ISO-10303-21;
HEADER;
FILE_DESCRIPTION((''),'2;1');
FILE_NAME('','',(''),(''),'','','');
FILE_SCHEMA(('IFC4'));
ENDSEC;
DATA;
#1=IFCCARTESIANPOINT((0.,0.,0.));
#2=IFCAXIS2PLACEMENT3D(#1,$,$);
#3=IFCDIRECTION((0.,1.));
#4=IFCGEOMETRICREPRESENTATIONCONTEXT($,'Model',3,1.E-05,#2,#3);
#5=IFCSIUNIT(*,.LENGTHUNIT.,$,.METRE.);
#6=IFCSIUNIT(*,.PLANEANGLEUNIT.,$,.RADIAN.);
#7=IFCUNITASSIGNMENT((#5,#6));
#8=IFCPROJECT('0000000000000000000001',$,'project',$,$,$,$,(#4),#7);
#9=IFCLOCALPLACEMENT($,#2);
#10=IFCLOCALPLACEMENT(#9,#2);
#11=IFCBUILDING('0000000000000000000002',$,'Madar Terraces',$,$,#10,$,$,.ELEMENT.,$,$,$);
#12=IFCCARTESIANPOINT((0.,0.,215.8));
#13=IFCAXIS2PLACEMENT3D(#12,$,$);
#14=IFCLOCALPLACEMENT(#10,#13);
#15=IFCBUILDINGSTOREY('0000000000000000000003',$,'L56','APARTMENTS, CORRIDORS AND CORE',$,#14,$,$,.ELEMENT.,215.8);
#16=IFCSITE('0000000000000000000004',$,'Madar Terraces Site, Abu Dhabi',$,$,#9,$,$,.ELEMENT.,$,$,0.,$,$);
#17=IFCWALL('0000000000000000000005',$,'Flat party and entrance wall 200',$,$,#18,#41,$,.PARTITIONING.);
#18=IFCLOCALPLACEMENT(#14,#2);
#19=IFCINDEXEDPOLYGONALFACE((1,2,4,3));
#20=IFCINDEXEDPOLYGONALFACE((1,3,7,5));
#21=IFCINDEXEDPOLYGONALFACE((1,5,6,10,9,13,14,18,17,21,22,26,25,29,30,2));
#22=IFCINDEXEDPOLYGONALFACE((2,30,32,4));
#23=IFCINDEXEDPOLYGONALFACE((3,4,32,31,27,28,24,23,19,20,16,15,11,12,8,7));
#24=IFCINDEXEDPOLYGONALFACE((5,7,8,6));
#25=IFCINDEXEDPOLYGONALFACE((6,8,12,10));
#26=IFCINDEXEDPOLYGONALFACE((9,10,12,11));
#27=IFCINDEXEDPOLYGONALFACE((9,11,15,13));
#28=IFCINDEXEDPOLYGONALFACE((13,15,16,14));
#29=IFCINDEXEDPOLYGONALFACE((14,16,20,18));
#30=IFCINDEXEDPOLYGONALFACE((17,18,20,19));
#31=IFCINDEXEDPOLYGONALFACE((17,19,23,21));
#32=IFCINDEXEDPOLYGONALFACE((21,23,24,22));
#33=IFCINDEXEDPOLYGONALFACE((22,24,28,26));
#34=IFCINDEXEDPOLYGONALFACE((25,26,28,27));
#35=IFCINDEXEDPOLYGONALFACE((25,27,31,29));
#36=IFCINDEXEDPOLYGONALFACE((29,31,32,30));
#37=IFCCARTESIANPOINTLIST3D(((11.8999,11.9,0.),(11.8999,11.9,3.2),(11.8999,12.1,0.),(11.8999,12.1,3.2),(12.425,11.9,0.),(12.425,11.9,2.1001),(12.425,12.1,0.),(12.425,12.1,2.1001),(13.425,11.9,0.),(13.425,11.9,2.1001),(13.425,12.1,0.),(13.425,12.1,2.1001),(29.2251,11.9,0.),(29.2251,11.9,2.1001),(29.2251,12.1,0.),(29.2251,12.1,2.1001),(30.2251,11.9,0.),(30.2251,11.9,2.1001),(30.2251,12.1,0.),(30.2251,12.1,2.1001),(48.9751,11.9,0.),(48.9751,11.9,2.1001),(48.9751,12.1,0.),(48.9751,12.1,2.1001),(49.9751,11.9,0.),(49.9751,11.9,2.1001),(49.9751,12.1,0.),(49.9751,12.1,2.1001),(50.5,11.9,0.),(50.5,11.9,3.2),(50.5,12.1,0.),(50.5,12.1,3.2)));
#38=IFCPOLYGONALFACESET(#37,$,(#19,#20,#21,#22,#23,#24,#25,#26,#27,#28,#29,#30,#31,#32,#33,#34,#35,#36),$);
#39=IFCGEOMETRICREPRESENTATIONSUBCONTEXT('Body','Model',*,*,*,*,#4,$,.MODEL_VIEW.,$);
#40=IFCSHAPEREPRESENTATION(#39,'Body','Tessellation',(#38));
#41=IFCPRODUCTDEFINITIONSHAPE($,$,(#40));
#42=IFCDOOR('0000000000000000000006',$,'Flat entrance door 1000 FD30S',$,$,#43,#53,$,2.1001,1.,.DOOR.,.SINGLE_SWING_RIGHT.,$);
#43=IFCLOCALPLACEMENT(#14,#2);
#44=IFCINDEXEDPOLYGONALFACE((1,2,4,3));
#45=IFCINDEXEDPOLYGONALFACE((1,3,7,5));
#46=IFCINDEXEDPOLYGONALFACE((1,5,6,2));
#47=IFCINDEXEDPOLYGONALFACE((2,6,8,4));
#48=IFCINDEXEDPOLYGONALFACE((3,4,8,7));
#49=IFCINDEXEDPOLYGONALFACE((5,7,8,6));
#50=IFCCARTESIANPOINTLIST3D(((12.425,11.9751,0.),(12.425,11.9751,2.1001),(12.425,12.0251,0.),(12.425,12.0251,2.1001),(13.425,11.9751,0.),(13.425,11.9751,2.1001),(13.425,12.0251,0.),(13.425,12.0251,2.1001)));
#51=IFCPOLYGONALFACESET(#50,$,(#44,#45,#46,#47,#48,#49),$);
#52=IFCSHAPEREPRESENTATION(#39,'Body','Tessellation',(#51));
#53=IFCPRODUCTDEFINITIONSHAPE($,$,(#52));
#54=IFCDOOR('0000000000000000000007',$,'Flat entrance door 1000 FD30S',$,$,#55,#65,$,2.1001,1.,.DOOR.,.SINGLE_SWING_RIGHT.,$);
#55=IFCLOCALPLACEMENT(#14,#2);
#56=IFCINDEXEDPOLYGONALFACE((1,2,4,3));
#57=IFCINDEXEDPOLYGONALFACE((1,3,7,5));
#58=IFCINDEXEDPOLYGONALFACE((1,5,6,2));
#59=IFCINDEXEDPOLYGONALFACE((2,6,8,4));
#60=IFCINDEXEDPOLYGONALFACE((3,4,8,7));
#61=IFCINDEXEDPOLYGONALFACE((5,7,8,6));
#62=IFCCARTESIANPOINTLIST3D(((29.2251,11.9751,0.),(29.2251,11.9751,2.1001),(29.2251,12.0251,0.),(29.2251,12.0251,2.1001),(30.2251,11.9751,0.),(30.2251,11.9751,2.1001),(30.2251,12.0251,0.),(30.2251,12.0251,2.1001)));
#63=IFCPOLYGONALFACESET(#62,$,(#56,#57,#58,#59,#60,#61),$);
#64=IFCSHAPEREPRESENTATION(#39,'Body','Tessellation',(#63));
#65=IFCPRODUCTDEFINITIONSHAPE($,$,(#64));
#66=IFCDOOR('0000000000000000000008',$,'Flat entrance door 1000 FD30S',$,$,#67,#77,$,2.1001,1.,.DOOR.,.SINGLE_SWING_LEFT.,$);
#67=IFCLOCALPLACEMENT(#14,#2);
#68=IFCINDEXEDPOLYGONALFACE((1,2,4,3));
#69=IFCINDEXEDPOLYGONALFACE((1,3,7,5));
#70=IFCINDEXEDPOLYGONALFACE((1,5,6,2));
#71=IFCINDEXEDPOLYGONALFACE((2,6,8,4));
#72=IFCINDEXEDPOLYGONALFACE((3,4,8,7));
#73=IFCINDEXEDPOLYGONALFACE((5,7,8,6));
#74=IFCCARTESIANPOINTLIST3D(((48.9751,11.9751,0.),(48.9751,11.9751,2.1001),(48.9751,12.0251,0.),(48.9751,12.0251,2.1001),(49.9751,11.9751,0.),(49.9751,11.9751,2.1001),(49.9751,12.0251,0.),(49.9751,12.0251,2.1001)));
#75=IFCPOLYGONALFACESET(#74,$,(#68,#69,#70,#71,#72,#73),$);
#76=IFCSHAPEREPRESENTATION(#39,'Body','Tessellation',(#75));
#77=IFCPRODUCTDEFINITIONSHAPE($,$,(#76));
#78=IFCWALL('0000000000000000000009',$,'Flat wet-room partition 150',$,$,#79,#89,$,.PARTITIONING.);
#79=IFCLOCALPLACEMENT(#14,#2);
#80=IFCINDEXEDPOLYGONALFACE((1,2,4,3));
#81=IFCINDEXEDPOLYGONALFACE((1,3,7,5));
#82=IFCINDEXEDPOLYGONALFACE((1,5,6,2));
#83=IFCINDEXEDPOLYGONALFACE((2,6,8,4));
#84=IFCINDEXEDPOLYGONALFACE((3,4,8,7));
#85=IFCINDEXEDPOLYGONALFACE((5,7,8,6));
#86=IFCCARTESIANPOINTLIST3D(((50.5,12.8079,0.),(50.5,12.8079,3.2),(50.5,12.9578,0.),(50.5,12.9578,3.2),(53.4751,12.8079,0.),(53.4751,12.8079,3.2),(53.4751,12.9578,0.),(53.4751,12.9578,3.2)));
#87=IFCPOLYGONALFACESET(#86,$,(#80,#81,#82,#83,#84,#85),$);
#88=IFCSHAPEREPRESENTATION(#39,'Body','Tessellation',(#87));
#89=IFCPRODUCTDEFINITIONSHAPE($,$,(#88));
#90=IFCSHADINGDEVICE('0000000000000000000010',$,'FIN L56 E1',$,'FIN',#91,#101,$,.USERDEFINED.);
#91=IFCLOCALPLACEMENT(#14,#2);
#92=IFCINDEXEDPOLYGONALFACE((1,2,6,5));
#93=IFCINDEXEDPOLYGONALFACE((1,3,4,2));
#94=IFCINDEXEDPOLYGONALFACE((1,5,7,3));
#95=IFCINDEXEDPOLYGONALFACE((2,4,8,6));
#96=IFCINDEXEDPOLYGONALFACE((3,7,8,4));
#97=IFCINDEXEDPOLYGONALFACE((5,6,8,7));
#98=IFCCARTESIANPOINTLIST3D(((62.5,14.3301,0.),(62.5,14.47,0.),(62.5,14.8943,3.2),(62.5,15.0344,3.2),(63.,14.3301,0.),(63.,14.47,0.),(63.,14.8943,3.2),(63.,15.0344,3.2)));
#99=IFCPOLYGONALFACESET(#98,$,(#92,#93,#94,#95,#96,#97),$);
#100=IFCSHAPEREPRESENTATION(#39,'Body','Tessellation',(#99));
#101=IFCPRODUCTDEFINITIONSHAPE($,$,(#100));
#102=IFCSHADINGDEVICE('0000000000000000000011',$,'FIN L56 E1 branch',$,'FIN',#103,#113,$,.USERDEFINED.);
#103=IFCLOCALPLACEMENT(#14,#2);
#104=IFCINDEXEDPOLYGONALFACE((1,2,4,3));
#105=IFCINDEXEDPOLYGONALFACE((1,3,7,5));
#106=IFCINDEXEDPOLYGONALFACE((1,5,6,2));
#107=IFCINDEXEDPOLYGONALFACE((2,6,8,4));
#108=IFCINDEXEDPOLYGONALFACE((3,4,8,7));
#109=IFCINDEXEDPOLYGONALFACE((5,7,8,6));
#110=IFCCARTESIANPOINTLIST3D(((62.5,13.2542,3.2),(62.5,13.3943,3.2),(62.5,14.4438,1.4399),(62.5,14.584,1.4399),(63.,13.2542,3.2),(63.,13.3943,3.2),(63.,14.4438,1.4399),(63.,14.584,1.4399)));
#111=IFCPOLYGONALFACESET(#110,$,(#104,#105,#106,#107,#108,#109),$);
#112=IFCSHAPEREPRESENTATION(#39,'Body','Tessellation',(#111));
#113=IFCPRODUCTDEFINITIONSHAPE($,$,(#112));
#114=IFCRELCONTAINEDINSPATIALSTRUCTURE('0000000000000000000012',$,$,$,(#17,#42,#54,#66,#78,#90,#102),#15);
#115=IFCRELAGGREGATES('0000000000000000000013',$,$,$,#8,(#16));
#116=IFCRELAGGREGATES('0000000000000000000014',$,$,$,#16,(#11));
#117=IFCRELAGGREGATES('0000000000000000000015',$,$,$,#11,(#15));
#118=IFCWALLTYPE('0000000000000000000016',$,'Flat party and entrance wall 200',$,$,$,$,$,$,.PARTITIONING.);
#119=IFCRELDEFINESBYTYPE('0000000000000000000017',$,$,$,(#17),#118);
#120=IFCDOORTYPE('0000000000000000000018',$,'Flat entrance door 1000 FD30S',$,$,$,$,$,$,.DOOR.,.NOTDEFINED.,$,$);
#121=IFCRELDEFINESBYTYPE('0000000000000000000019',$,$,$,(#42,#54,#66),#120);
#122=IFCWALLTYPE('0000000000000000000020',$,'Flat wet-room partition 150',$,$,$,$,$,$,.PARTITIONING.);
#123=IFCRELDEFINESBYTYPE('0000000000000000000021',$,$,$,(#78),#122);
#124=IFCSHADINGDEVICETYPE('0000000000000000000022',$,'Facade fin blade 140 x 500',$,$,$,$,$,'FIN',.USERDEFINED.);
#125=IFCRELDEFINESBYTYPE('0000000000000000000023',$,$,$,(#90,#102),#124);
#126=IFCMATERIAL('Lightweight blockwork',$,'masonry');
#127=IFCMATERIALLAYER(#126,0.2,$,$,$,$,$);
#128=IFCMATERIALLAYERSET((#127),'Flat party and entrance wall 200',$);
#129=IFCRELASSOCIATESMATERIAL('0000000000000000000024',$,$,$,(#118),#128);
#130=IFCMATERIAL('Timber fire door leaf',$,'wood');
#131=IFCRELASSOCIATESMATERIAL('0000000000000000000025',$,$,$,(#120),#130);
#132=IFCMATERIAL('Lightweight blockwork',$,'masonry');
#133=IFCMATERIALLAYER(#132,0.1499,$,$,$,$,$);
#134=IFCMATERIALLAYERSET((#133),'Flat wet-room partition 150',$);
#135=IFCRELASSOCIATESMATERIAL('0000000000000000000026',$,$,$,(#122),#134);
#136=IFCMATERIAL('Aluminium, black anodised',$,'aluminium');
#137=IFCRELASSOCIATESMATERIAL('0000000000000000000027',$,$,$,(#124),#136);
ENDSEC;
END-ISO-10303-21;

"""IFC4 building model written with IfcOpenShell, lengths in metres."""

from ifc_helpers import new_model, si_unit, direction, frame, frame_2d, origin, place, context, subcontext, project, spatial, polyline, rectangle, outline, extrude, material, layer, layer_set, type_object, element, fill, save


model = new_model("IFC4")

# Units and contexts
model_context = context("Model", 3, precision=1e-05, world=origin(), true_north=direction((0.0, 1.0)))
body_context = subcontext(model_context, "Body", "Model", "MODEL_VIEW")
ifc_project = project(units=[si_unit("LENGTHUNIT", "METRE"), si_unit("PLANEANGLEUNIT", "RADIAN")], contexts=[model_context])

# Site, building, storey
site_placement = place(None, origin())
site = spatial("IfcSite", under=ifc_project, at=site_placement, Name="Madar Terraces Site, Abu Dhabi", CompositionType="ELEMENT", RefElevation=0.0)
building_placement = place(site_placement, origin())
building = spatial("IfcBuilding", under=site, at=building_placement, Name="Madar Terraces", CompositionType="ELEMENT")
storey_placement = place(building_placement, frame((0.0, 0.0, 215.8)))
storey = spatial("IfcBuildingStorey", under=building, at=storey_placement, Name="L56", Description="APARTMENTS, CORRIDORS AND CORE", CompositionType="ELEMENT", Elevation=215.8)

# Wall, openings, doors
ifc_material_1 = material(Name="Lightweight blockwork", Category="masonry")
ifc_layer_1 = layer(ifc_material_1, 0.2)
ifc_layer_set_1 = layer_set([ifc_layer_1], Name="Flat party and entrance wall 200")
wall_type_1 = type_object("IfcWallType", Name="Flat party and entrance wall 200", PredefinedType="PARTITIONING", material=ifc_layer_set_1)
wall_1_placement = place(storey_placement, frame((50.5, 12.0, 0.0), z_axis=(0.0, 0.0, 1.0), x_axis=(-1.0, 0.0, 0.0)))
wall_1 = element("IfcWall", 1, at=wall_1_placement, inside=storey, type_object=wall_type_1, Name="Flat party and entrance wall 200", PredefinedType="PARTITIONING", context=body_context, shape_type="SweptSolid", body=[
    extrude(rectangle(XDim=38.6001, YDim=0.2, at=frame_2d((19.3, 0.0))), origin(), (0.0, 0.0, 1.0), 3.2),
])
opening_1_placement = place(wall_1_placement, frame((37.075, 0.0, 0.0)))
opening_1 = element("IfcOpeningElement", 2, at=opening_1_placement, cuts=wall_1, PredefinedType="OPENING", context=body_context, shape_type="SweptSolid", body=[
    extrude(rectangle(XDim=1.0, YDim=2.1001, at=frame_2d((0.5, 1.05))), frame((0.0, 0.1099, 0.0), z_axis=(0.0, -1.0, 0.0), x_axis=(1.0, 0.0, 0.0)), (0.0, 0.0, 1.0), 0.22),
])
opening_2_placement = place(wall_1_placement, frame((20.2749, 0.0, 0.0)))
opening_2 = element("IfcOpeningElement", 3, at=opening_2_placement, cuts=wall_1, PredefinedType="OPENING", context=body_context, shape_type="SweptSolid", body=[
    extrude(rectangle(XDim=1.0, YDim=2.1001, at=frame_2d((0.5, 1.05))), frame((0.0, 0.1099, 0.0), z_axis=(0.0, -1.0, 0.0), x_axis=(1.0, 0.0, 0.0)), (0.0, 0.0, 1.0), 0.22),
])
opening_3_placement = place(wall_1_placement, frame((0.5249, 0.0, 0.0)))
opening_3 = element("IfcOpeningElement", 4, at=opening_3_placement, cuts=wall_1, PredefinedType="OPENING", context=body_context, shape_type="SweptSolid", body=[
    extrude(rectangle(XDim=1.0, YDim=2.1001, at=frame_2d((0.5, 1.05))), frame((0.0, 0.1099, 0.0), z_axis=(0.0, -1.0, 0.0), x_axis=(1.0, 0.0, 0.0)), (0.0, 0.0, 1.0), 0.22),
])
ifc_material_2 = material(Name="Timber fire door leaf", Category="wood")
door_type = type_object("IfcDoorType", Name="Flat entrance door 1000 FD30S", OperationType="NOTDEFINED", PredefinedType="DOOR", material=ifc_material_2)
door_1_placement = place(opening_1_placement, origin())
door_1 = element("IfcDoor", 5, at=door_1_placement, inside=storey, type_object=door_type, Name="Flat entrance door 1000 FD30S", OperationType="SINGLE_SWING_RIGHT", OverallHeight=2.1001, OverallWidth=1.0, PredefinedType="DOOR", context=body_context, shape_type="SweptSolid", body=[
    extrude(rectangle(XDim=1.0, YDim=2.1001, at=frame_2d((0.5, 1.05))), frame((0.0, 0.0249, 0.0), z_axis=(0.0, -1.0, 0.0), x_axis=(1.0, 0.0, 0.0)), (0.0, 0.0, 1.0), 0.05),
])
fill(opening_1, door_1)
door_2_placement = place(opening_2_placement, origin())
door_2 = element("IfcDoor", 6, at=door_2_placement, inside=storey, type_object=door_type, Name="Flat entrance door 1000 FD30S", OperationType="SINGLE_SWING_RIGHT", OverallHeight=2.1001, OverallWidth=1.0, PredefinedType="DOOR", context=body_context, shape_type="SweptSolid", body=[
    extrude(rectangle(XDim=1.0, YDim=2.1001, at=frame_2d((0.5, 1.05))), frame((0.0, 0.0249, 0.0), z_axis=(0.0, -1.0, 0.0), x_axis=(1.0, 0.0, 0.0)), (0.0, 0.0, 1.0), 0.05),
])
fill(opening_2, door_2)
door_3_placement = place(opening_3_placement, origin())
door_3 = element("IfcDoor", 7, at=door_3_placement, inside=storey, type_object=door_type, Name="Flat entrance door 1000 FD30S", OperationType="SINGLE_SWING_LEFT", OverallHeight=2.1001, OverallWidth=1.0, PredefinedType="DOOR", context=body_context, shape_type="SweptSolid", body=[
    extrude(rectangle(XDim=1.0, YDim=2.1001, at=frame_2d((0.5, 1.05))), frame((0.0, 0.0249, 0.0), z_axis=(0.0, -1.0, 0.0), x_axis=(1.0, 0.0, 0.0)), (0.0, 0.0, 1.0), 0.05),
])
fill(opening_3, door_3)

# Wall
ifc_material_3 = material(Name="Lightweight blockwork", Category="masonry")
ifc_layer_2 = layer(ifc_material_3, 0.1499)
ifc_layer_set_2 = layer_set([ifc_layer_2], Name="Flat wet-room partition 150")
wall_type_2 = type_object("IfcWallType", Name="Flat wet-room partition 150", PredefinedType="PARTITIONING", material=ifc_layer_set_2)
wall_2_placement = place(storey_placement, frame((50.5, 12.8828, 0.0), z_axis=(0.0, 0.0, 1.0), x_axis=(1.0, 0.0, 0.0)))
element("IfcWall", 8, at=wall_2_placement, inside=storey, type_object=wall_type_2, Name="Flat wet-room partition 150", PredefinedType="PARTITIONING", context=body_context, shape_type="SweptSolid", body=[
    extrude(rectangle(XDim=2.9751, YDim=0.1499, at=frame_2d((1.4875, 0.0))), origin(), (0.0, 0.0, 1.0), 3.2),
])

# Shading devices
ifc_material_4 = material(Name="Aluminium, black anodised", Category="aluminium")
shading_device_type = type_object("IfcShadingDeviceType", Name="Facade fin blade 140 x 500", ElementType="FIN", PredefinedType="USERDEFINED", material=ifc_material_4)
shading_device_1_placement = place(storey_placement, frame((62.75, 14.3301, 0.0), z_axis=(0.0, 0.0, 1.0), x_axis=(0.0, 1.0, 0.0)))
element("IfcShadingDevice", 9, at=shading_device_1_placement, inside=storey, type_object=shading_device_type, Name="FIN L56 E1", ObjectType="FIN", PredefinedType="USERDEFINED", context=body_context, shape_type="SweptSolid", body=[
    extrude(outline(polyline([(0.0, 0.0), (0.1399, 0.0), (0.7043, 3.2), (0.5642, 3.2), (0.0, 0.0)])), frame((0.0, 0.25, 0.0), z_axis=(0.0, -1.0, 0.0), x_axis=(1.0, 0.0, 0.0)), (0.0, 0.0, 1.0), 0.5),
])
shading_device_2_placement = place(storey_placement, frame((62.75, 14.4438, 1.4399), z_axis=(0.0, 0.0, 1.0), x_axis=(0.0, 1.0, 0.0)))
element("IfcShadingDevice", 10, at=shading_device_2_placement, inside=storey, type_object=shading_device_type, Name="FIN L56 E1 branch", ObjectType="FIN", PredefinedType="USERDEFINED", context=body_context, shape_type="SweptSolid", body=[
    extrude(outline(polyline([(0.0, 0.0), (0.1401, 0.0), (-1.0496, 1.76), (-1.1897, 1.76), (0.0, 0.0)])), frame((0.0, 0.25, 0.0), z_axis=(0.0, -1.0, 0.0), x_axis=(1.0, 0.0, 0.0)), (0.0, 0.0, 1.0), 0.5),
])

save(model, "model.ifc")
